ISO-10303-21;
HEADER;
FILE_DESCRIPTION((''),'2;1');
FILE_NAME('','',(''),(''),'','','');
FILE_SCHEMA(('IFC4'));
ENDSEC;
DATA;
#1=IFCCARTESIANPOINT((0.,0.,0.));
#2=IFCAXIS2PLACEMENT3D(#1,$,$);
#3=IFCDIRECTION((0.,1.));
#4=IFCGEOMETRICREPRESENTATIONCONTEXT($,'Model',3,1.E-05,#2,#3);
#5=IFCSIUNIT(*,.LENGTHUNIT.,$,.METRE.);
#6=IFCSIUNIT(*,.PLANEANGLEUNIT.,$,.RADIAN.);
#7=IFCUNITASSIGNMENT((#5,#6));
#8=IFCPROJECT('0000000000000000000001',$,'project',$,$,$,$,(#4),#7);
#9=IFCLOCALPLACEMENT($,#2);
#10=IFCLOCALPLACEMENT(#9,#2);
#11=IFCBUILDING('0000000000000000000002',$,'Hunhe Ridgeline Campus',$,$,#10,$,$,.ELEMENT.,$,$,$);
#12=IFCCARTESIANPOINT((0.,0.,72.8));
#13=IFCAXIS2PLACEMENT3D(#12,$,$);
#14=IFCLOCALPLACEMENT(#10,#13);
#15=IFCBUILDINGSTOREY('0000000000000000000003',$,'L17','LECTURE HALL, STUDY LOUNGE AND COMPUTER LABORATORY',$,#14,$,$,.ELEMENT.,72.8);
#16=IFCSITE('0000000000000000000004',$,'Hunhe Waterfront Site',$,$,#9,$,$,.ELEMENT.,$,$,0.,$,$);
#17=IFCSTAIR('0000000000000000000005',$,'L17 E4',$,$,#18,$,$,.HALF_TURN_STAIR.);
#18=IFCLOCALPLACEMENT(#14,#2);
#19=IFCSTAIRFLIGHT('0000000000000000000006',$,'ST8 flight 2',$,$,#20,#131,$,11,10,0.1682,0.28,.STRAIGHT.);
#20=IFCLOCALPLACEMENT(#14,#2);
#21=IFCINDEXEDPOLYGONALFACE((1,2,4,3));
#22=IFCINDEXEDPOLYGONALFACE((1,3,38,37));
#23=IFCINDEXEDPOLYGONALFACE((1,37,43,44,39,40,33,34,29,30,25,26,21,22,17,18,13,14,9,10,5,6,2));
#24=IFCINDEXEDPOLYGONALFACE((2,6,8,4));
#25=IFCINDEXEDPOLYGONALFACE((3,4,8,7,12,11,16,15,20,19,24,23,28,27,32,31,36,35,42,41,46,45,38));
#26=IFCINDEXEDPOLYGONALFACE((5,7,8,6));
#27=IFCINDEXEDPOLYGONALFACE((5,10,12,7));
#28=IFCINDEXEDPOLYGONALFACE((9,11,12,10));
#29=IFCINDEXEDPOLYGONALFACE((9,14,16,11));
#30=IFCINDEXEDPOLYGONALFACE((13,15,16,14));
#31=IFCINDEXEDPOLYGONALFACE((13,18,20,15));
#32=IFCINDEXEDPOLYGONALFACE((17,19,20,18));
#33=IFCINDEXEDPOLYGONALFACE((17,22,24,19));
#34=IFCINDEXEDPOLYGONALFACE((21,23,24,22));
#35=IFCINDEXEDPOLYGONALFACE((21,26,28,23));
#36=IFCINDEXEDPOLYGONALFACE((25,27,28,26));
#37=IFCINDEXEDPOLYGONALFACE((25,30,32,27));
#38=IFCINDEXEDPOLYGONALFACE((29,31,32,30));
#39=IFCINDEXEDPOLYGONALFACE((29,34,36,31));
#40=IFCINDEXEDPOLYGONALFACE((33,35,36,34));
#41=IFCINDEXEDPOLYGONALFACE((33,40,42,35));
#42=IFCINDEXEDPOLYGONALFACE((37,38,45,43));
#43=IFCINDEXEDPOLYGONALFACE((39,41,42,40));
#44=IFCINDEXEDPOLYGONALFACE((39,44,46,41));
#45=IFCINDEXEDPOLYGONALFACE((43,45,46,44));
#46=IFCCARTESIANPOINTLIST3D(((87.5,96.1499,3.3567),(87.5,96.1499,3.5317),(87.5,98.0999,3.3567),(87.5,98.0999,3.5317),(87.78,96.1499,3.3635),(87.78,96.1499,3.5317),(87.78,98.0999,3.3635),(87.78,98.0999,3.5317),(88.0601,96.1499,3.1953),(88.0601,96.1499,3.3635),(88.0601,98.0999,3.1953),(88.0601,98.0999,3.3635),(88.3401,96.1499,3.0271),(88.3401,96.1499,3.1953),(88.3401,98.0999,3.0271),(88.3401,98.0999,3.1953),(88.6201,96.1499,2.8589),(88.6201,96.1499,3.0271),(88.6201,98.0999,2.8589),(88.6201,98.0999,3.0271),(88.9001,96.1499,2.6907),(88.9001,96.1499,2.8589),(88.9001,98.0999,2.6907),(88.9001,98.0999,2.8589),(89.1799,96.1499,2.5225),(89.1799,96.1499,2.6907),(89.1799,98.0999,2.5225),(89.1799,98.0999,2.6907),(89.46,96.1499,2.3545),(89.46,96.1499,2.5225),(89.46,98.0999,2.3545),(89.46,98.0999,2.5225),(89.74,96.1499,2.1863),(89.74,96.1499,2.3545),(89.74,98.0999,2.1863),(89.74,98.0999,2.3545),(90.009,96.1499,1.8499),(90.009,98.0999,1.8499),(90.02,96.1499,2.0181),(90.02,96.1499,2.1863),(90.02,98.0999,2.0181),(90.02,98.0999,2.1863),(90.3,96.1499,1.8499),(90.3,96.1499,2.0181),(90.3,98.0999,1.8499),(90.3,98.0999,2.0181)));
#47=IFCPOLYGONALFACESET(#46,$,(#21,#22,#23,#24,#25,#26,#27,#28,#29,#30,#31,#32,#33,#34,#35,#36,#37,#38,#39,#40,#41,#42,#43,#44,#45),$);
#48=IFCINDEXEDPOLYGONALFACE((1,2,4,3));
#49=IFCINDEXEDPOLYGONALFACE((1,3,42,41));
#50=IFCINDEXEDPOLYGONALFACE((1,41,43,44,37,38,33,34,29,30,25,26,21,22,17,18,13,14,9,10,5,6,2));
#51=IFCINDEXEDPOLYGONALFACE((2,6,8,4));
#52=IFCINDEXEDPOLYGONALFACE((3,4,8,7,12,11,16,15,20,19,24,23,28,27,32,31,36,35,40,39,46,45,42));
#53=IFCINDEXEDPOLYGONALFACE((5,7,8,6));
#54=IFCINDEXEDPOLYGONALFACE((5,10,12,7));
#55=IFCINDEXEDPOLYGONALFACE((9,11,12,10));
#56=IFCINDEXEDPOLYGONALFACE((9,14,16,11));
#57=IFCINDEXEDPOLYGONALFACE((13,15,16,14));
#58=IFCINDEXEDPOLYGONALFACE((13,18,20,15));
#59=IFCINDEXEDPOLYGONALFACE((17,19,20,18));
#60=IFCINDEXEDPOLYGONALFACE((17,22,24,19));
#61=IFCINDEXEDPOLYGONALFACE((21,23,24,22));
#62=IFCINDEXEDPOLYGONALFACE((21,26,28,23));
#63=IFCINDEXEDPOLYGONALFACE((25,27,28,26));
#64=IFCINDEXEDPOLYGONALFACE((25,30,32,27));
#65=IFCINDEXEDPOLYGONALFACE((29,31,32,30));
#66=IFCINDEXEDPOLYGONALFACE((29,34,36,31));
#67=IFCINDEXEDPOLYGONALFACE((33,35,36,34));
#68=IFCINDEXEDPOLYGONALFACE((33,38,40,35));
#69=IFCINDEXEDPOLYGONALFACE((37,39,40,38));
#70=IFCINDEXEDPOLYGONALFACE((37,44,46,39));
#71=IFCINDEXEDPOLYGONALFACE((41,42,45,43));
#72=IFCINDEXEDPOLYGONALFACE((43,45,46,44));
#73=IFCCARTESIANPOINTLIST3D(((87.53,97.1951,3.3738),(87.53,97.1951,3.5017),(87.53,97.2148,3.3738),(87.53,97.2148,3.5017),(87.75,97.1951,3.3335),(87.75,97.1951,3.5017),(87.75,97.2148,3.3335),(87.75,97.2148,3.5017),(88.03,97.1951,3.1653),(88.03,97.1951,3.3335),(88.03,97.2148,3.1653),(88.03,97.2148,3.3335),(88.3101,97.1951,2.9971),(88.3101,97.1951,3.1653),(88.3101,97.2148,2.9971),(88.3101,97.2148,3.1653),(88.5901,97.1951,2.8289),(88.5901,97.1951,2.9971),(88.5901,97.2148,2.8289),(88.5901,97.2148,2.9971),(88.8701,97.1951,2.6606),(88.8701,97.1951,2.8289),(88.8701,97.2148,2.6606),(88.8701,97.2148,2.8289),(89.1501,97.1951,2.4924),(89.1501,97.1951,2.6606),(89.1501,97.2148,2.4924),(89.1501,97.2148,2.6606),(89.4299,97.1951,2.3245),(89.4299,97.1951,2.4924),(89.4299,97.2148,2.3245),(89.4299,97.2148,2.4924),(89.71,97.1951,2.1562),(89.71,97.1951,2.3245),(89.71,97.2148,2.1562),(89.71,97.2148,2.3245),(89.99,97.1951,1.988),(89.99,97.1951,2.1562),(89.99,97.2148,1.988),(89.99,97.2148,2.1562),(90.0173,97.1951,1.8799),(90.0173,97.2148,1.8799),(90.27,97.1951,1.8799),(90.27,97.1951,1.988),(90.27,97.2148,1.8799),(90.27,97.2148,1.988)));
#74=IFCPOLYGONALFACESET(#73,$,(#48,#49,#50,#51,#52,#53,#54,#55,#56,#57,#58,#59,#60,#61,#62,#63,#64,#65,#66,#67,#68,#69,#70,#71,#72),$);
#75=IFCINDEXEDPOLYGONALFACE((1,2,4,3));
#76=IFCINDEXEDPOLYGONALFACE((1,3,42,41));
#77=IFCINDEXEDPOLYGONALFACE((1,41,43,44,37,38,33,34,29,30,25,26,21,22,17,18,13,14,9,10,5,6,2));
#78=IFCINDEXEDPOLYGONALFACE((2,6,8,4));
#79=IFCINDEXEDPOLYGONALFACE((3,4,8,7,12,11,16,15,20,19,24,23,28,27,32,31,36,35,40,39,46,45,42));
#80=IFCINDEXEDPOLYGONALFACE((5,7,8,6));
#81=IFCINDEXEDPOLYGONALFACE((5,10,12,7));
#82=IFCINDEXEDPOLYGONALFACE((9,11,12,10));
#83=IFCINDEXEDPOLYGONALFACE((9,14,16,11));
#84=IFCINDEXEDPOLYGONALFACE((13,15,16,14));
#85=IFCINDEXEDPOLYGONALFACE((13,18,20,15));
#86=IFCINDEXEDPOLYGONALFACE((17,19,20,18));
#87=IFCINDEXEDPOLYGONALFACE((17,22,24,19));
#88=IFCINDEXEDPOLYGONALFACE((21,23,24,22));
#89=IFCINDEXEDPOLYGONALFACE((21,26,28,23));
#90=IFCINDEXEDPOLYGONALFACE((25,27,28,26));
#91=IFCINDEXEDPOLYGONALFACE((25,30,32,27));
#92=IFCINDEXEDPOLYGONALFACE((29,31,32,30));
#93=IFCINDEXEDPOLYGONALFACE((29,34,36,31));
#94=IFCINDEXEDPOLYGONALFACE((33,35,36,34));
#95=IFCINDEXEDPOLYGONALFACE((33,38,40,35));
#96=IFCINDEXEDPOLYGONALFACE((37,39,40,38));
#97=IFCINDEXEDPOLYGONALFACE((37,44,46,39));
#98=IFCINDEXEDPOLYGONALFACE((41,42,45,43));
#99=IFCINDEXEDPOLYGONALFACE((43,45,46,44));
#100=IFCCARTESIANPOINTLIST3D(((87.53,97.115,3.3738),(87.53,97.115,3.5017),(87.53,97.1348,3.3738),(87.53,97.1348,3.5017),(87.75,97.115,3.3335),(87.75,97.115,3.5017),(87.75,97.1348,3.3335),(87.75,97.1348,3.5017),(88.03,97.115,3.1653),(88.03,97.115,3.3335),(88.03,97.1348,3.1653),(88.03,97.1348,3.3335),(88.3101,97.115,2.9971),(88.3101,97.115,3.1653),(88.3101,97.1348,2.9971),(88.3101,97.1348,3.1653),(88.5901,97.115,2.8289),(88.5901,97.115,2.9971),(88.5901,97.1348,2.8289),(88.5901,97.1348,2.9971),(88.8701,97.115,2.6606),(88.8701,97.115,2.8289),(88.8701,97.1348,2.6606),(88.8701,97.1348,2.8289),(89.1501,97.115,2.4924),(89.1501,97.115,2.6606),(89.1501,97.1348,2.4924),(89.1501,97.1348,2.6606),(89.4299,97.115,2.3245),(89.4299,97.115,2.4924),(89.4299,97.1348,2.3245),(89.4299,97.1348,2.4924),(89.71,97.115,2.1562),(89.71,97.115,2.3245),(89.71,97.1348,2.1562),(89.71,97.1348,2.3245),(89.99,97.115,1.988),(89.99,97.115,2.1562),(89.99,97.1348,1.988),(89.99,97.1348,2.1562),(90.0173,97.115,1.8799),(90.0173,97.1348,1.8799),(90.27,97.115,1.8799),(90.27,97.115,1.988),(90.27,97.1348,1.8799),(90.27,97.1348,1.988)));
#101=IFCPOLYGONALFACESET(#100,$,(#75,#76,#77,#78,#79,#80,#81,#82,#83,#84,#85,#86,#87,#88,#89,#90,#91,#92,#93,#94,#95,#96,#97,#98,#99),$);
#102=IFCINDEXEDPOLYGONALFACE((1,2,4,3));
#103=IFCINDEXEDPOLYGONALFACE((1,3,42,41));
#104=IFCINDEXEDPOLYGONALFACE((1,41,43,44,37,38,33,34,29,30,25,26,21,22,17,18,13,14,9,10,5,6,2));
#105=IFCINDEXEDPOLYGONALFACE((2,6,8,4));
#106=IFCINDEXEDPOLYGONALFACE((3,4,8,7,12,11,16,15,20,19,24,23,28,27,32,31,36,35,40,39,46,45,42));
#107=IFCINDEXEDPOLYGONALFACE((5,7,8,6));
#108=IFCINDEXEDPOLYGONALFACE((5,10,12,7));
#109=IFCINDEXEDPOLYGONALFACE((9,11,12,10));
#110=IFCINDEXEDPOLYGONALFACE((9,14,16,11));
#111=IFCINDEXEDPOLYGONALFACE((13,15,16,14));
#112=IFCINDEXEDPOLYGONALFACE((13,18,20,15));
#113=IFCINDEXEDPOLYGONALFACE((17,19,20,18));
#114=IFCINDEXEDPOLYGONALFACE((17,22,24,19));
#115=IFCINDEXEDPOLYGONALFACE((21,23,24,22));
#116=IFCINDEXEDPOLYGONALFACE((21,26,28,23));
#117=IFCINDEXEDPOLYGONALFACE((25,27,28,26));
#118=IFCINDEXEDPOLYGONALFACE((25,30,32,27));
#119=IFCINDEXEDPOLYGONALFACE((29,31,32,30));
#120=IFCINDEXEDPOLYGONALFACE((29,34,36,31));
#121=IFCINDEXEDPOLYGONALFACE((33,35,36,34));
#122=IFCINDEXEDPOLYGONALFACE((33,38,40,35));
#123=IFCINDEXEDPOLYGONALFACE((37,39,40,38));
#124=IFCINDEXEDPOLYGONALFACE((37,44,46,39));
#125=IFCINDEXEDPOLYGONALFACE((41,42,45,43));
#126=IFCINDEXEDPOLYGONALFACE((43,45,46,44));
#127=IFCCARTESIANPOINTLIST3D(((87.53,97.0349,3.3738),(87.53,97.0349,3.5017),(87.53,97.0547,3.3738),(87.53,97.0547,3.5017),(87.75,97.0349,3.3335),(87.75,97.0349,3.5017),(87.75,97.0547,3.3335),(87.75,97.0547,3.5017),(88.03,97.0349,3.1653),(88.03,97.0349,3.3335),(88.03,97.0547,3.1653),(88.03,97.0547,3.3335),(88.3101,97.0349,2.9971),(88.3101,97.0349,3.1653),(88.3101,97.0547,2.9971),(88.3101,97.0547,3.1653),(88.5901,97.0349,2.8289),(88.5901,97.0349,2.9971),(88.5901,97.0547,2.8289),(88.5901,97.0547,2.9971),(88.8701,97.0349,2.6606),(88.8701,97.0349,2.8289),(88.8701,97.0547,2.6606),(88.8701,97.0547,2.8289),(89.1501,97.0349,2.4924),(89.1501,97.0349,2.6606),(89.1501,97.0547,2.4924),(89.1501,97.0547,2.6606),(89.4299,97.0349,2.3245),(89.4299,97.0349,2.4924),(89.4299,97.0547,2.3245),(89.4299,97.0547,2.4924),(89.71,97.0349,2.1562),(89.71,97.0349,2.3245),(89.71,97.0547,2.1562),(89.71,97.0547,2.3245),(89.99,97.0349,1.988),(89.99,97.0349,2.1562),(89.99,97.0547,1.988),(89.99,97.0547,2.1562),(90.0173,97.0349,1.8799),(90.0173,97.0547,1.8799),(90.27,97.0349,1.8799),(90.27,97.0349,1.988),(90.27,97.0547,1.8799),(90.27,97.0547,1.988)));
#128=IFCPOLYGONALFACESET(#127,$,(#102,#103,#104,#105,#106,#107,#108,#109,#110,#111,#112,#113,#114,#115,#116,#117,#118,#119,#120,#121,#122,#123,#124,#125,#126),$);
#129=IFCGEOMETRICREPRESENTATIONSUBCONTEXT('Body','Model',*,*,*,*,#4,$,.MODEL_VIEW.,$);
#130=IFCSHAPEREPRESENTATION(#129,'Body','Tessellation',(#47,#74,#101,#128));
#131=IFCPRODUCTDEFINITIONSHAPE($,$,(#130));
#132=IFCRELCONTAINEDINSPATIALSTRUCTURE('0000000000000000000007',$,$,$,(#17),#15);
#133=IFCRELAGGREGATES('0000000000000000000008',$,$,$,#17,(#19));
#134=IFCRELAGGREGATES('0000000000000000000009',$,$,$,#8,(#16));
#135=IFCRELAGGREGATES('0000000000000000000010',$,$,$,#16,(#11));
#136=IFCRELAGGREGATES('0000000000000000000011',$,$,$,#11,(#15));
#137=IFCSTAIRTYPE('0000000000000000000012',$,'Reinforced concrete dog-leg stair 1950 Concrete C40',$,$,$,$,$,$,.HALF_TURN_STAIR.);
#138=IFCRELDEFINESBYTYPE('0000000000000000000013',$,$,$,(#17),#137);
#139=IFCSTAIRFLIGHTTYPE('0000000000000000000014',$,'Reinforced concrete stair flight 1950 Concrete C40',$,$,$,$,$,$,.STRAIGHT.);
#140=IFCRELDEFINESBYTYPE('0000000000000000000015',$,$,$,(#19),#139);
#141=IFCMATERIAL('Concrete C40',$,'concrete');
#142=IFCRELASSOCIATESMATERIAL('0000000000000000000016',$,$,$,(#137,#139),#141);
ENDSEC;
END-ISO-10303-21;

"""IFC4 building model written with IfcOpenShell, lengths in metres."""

from ifc_helpers import new_model, si_unit, direction, frame, origin, place, context, subcontext, project, spatial, polyline, outline, extrude, material, type_object, element, aggregate, save


model = new_model("IFC4")

# Units and contexts
model_context = context("Model", 3, precision=1e-05, world=origin(), true_north=direction((0.0, 1.0)))
body_context = subcontext(model_context, "Body", "Model", "MODEL_VIEW")
ifc_project = project(units=[si_unit("LENGTHUNIT", "METRE"), si_unit("PLANEANGLEUNIT", "RADIAN")], contexts=[model_context])

# Site, building, storey
site_placement = place(None, origin())
site = spatial("IfcSite", under=ifc_project, at=site_placement, Name="Hunhe Waterfront Site", CompositionType="ELEMENT", RefElevation=0.0)
building_placement = place(site_placement, origin())
building = spatial("IfcBuilding", under=site, at=building_placement, Name="Hunhe Ridgeline Campus", CompositionType="ELEMENT")
storey_placement = place(building_placement, frame((0.0, 0.0, 72.8)))
storey = spatial("IfcBuildingStorey", under=building, at=storey_placement, Name="L17", Description="LECTURE HALL, STUDY LOUNGE AND COMPUTER LABORATORY", CompositionType="ELEMENT", Elevation=72.8)

# Stair, stair flight
ifc_material_1 = material(Name="Concrete C40", Category="concrete")
stair_type = type_object("IfcStairType", Name="Reinforced concrete dog-leg stair 1950 Concrete C40", PredefinedType="HALF_TURN_STAIR", material=ifc_material_1)
stair_placement = place(storey_placement, origin())
stair = element("IfcStair", 1, at=stair_placement, inside=storey, type_object=stair_type, Name="L17 E4", PredefinedType="HALF_TURN_STAIR")
stair_flight_type = type_object("IfcStairFlightType", Name="Reinforced concrete stair flight 1950 Concrete C40", PredefinedType="STRAIGHT", material=ifc_material_1)
stair_flight_1_placement = place(storey_placement, frame((90.3, 97.125, 1.8499), z_axis=(0.0, 0.0, 1.0), x_axis=(-1.0, 0.0, 0.0)))
stair_flight_1 = element("IfcStairFlight", 2, at=stair_flight_1_placement, type_object=stair_flight_type, Name="ST8 flight 2", NumberOfRisers=11, NumberOfTreads=10, PredefinedType="STRAIGHT", RiserHeight=0.1682, TreadLength=0.28, context=body_context, shape_type="SweptSolid", body=[
    extrude(outline(polyline([(0.0, 0.0), (0.0, 0.1682), (0.28, 0.1682), (0.28, 0.3364), (0.5601, 0.3364), (0.5601, 0.5046), (0.8401, 0.5046), (0.8401, 0.6726), (1.1201, 0.6726), (1.1201, 0.8408), (1.3999, 0.8408), (1.3999, 1.009), (1.6799, 1.009), (1.6799, 1.1772), (1.96, 1.1772), (1.96, 1.3455), (2.24, 1.3455), (2.24, 1.5137), (2.52, 1.5137), (2.52, 1.6819), (2.8, 1.6819), (2.8, 1.8501), (2.8, 1.5068), (0.291, 0.0), (0.0, 0.0)])), frame((0.0, 0.9751, 0.0), z_axis=(0.0, -1.0, 0.0), x_axis=(1.0, 0.0, 0.0)), (0.0, 0.0, 1.0), 1.95),
    extrude(outline(polyline([(0.03, 0.03), (0.03, 0.1382), (0.3101, 0.1382), (0.3101, 0.3064), (0.5901, 0.3064), (0.5901, 0.4746), (0.8701, 0.4746), (0.8701, 0.6426), (1.1499, 0.6426), (1.1499, 0.8108), (1.4299, 0.8108), (1.4299, 0.979), (1.71, 0.979), (1.71, 1.1472), (1.99, 1.1472), (1.99, 1.3154), (2.27, 1.3154), (2.27, 1.4836), (2.55, 1.4836), (2.55, 1.6519), (2.77, 1.6519), (2.77, 1.5239), (0.2827, 0.03), (0.03, 0.03)])), frame((0.0, -0.0701, 0.0), z_axis=(0.0, -1.0, 0.0), x_axis=(1.0, 0.0, 0.0)), (0.0, 0.0, 1.0), 0.0198),
    extrude(outline(polyline([(0.03, 0.03), (0.03, 0.1382), (0.3101, 0.1382), (0.3101, 0.3064), (0.5901, 0.3064), (0.5901, 0.4746), (0.8701, 0.4746), (0.8701, 0.6426), (1.1499, 0.6426), (1.1499, 0.8108), (1.4299, 0.8108), (1.4299, 0.979), (1.71, 0.979), (1.71, 1.1472), (1.99, 1.1472), (1.99, 1.3154), (2.27, 1.3154), (2.27, 1.4836), (2.55, 1.4836), (2.55, 1.6519), (2.77, 1.6519), (2.77, 1.5239), (0.2827, 0.03), (0.03, 0.03)])), frame((0.0, 0.01, 0.0), z_axis=(0.0, -1.0, 0.0), x_axis=(1.0, 0.0, 0.0)), (0.0, 0.0, 1.0), 0.0198),
    extrude(outline(polyline([(0.03, 0.03), (0.03, 0.1382), (0.3101, 0.1382), (0.3101, 0.3064), (0.5901, 0.3064), (0.5901, 0.4746), (0.8701, 0.4746), (0.8701, 0.6426), (1.1499, 0.6426), (1.1499, 0.8108), (1.4299, 0.8108), (1.4299, 0.979), (1.71, 0.979), (1.71, 1.1472), (1.99, 1.1472), (1.99, 1.3154), (2.27, 1.3154), (2.27, 1.4836), (2.55, 1.4836), (2.55, 1.6519), (2.77, 1.6519), (2.77, 1.5239), (0.2827, 0.03), (0.03, 0.03)])), frame((0.0, 0.0901, 0.0), z_axis=(0.0, -1.0, 0.0), x_axis=(1.0, 0.0, 0.0)), (0.0, 0.0, 1.0), 0.0198),
])
aggregate(stair, [stair_flight_1])

save(model, "model.ifc")
